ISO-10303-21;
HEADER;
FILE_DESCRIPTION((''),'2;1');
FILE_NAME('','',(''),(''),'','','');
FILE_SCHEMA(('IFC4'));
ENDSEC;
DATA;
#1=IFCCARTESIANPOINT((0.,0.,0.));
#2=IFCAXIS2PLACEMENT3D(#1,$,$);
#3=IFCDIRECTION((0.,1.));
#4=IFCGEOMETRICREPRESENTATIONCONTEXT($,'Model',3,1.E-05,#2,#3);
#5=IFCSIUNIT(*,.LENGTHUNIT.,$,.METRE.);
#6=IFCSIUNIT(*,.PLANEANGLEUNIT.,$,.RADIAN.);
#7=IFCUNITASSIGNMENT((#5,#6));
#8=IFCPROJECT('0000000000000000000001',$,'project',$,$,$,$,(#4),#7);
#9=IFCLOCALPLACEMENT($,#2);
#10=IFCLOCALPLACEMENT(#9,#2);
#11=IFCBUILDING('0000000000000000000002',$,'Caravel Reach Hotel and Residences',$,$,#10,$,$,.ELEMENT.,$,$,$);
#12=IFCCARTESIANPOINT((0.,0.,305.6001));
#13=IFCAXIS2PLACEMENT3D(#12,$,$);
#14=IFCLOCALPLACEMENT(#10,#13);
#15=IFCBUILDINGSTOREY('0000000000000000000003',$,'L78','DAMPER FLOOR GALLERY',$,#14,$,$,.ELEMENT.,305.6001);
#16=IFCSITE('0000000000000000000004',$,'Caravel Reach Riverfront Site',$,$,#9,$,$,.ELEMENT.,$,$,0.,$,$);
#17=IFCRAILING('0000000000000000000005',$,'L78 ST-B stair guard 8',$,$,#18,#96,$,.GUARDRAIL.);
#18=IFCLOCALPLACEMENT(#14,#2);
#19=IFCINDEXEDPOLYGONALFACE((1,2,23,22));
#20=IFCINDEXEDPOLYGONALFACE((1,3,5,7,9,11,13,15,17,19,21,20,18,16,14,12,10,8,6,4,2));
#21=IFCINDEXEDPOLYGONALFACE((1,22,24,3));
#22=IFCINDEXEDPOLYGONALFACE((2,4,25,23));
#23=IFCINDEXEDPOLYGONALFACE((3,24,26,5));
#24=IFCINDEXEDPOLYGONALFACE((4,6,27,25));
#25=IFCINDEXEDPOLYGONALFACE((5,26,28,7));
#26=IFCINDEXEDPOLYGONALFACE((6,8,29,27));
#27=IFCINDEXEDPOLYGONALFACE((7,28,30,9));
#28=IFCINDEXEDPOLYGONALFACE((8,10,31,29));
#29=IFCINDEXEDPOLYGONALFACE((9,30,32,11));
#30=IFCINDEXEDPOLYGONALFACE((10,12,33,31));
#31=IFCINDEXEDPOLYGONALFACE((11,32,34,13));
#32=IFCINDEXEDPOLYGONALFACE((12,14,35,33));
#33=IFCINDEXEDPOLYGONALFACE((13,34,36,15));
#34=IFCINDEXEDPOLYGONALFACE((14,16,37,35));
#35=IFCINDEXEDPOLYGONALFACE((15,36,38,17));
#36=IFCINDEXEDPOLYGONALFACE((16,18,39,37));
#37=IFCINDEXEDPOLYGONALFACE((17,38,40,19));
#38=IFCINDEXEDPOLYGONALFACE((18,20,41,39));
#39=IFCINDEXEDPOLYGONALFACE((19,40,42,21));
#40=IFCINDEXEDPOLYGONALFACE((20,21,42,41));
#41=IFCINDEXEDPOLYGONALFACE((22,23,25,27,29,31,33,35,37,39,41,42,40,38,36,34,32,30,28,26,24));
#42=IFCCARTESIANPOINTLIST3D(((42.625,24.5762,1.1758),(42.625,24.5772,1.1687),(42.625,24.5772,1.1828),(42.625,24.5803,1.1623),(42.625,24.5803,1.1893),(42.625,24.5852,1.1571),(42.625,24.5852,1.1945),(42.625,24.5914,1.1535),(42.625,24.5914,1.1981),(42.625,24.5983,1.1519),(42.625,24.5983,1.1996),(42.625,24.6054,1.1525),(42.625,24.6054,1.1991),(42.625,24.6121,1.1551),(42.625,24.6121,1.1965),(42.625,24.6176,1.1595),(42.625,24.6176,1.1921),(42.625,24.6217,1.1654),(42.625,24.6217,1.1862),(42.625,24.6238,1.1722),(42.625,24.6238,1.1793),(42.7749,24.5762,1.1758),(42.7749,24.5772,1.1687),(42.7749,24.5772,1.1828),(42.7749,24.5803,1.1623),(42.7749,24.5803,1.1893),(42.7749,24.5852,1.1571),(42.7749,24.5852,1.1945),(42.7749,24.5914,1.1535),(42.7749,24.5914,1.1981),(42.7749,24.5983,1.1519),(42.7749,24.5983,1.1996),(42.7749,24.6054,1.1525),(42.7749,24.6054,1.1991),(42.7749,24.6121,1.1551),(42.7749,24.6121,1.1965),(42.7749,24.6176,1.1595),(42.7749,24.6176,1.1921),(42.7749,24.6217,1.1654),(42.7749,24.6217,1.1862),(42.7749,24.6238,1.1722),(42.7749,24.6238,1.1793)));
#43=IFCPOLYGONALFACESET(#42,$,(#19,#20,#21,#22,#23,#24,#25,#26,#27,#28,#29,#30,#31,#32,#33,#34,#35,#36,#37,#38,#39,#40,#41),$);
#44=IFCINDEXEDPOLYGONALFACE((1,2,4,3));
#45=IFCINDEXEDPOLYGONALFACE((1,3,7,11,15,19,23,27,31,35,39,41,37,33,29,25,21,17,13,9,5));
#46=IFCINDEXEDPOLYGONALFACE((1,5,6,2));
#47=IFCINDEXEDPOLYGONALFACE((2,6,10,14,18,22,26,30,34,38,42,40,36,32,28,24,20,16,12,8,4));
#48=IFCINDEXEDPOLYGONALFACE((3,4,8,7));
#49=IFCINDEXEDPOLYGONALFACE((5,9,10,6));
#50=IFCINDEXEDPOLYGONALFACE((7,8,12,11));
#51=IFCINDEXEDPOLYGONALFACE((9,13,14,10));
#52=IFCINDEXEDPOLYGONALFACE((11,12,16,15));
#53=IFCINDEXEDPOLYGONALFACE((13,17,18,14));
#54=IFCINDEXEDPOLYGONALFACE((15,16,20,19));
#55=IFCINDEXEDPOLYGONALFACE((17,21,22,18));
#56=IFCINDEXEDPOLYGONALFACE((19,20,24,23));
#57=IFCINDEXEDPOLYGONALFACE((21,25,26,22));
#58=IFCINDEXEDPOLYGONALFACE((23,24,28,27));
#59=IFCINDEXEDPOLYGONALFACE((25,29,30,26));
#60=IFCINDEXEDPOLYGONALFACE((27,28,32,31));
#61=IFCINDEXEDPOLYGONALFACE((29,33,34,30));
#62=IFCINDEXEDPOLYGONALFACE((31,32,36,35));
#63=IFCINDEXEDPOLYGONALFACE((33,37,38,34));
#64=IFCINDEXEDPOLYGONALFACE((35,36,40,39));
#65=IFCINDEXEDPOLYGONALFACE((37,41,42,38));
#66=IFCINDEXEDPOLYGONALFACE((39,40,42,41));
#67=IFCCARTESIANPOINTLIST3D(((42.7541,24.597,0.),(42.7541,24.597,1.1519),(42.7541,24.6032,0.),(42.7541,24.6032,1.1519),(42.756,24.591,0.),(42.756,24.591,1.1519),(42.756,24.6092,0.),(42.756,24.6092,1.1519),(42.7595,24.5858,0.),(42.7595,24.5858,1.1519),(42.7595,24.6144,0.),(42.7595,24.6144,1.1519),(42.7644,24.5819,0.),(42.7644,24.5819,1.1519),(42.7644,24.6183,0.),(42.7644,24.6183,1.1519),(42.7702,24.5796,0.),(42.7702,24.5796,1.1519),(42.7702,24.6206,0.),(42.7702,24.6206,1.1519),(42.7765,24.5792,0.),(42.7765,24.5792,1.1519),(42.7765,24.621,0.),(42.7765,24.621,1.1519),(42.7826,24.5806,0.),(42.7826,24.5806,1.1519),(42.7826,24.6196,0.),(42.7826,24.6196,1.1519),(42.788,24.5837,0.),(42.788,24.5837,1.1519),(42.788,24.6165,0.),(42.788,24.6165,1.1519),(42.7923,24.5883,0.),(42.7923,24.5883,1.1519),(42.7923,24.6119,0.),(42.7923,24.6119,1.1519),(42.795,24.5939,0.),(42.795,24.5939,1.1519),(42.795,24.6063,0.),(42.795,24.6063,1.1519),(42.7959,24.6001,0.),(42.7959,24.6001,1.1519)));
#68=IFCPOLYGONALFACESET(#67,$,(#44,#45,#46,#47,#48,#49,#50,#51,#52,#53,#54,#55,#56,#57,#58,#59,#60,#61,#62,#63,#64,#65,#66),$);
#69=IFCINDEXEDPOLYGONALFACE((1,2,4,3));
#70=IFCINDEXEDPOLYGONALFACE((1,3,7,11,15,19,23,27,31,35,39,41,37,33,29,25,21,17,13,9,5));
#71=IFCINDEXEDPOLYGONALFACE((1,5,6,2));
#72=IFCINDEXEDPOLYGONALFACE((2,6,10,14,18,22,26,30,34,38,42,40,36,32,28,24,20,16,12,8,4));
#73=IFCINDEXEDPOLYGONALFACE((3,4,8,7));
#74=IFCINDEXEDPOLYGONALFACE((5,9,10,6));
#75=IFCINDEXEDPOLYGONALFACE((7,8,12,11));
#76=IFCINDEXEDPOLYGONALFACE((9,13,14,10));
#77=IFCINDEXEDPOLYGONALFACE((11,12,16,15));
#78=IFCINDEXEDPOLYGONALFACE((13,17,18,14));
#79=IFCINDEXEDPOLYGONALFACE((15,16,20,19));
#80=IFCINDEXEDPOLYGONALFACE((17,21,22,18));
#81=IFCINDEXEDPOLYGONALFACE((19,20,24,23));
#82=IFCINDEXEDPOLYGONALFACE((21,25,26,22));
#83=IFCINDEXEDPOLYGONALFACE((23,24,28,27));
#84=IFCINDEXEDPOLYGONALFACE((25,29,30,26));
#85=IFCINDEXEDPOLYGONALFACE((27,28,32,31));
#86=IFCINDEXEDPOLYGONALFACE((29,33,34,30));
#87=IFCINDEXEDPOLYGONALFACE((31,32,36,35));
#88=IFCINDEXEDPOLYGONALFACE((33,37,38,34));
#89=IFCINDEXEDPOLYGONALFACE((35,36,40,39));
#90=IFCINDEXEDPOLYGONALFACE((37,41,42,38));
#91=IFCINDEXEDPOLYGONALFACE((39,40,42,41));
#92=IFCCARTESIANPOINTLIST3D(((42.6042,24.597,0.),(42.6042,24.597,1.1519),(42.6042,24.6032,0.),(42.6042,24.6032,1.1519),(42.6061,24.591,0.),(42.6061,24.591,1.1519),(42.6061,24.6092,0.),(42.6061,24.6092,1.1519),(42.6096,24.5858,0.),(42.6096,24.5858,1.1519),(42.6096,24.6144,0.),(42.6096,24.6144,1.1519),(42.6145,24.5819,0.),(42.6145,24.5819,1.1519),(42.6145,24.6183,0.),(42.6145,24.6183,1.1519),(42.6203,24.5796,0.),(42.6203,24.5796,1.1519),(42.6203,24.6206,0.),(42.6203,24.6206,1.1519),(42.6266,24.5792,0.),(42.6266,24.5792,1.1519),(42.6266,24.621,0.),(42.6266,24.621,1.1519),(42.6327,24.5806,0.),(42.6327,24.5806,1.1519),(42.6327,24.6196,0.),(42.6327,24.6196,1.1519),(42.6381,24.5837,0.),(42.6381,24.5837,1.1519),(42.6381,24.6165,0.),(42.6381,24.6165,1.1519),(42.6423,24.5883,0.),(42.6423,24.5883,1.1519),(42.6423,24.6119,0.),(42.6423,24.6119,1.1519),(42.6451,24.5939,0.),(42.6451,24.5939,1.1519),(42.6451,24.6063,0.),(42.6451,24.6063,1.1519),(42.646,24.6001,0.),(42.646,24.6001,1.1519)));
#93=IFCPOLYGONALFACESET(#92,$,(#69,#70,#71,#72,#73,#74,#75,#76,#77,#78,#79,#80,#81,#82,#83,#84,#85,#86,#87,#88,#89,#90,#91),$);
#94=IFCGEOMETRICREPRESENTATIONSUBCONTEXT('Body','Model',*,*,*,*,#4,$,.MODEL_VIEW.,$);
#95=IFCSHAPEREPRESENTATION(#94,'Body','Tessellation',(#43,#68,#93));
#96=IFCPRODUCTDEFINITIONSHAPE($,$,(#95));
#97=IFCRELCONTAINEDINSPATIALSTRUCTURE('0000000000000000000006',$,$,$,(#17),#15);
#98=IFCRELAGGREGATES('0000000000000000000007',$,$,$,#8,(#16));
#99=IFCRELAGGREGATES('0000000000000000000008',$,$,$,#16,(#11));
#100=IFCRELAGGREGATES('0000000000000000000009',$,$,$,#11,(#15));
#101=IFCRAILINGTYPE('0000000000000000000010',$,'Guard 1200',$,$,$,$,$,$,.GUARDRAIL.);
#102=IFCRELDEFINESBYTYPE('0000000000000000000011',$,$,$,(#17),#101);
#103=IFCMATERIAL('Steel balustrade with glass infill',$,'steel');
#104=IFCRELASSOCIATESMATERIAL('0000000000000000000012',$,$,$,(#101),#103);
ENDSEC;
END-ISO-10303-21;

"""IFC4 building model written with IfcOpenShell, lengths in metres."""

from ifc_helpers import new_model, si_unit, direction, frame, origin, origin_2d, place, context, subcontext, project, spatial, circle, extrude, material, type_object, element, save


model = new_model("IFC4")

# Units and contexts
model_context = context("Model", 3, precision=1e-05, world=origin(), true_north=direction((0.0, 1.0)))
body_context = subcontext(model_context, "Body", "Model", "MODEL_VIEW")
ifc_project = project(units=[si_unit("LENGTHUNIT", "METRE"), si_unit("PLANEANGLEUNIT", "RADIAN")], contexts=[model_context])

# Site, building, storey
site_placement = place(None, origin())
site = spatial("IfcSite", under=ifc_project, at=site_placement, Name="Caravel Reach Riverfront Site", CompositionType="ELEMENT", RefElevation=0.0)
building_placement = place(site_placement, origin())
building = spatial("IfcBuilding", under=site, at=building_placement, Name="Caravel Reach Hotel and Residences", CompositionType="ELEMENT")
storey_placement = place(building_placement, frame((0.0, 0.0, 305.6001)))
storey = spatial("IfcBuildingStorey", under=building, at=storey_placement, Name="L78", Description="DAMPER FLOOR GALLERY", CompositionType="ELEMENT", Elevation=305.6001)

# Railing
ifc_material_1 = material(Name="Steel balustrade with glass infill", Category="steel")
railing_type_1 = type_object("IfcRailingType", Name="Guard 1200", PredefinedType="GUARDRAIL", material=ifc_material_1)
railing_1_placement = place(storey_placement, frame((42.7749, 24.6001, 0.0)))
element("IfcRailing", 1, at=railing_1_placement, inside=storey, type_object=railing_type_1, Name="L78 ST-B stair guard 8", PredefinedType="GUARDRAIL", context=body_context, shape_type="SweptSolid", body=[
    extrude(circle(Radius=0.0239, at=origin_2d()), frame((0.0, 0.0, 1.1758), z_axis=(-1.0, 0.0, 0.0), x_axis=(0.0, -1.0, 0.0)), (0.0, 0.0, 1.0), 0.1499),
    extrude(circle(Radius=0.021, at=origin_2d()), origin(), (0.0, 0.0, 1.0), 1.1519),
    extrude(circle(Radius=0.021, at=origin_2d()), frame((-0.1499, 0.0, 0.0)), (0.0, 0.0, 1.0), 1.1519),
])

save(model, "model.ifc")
